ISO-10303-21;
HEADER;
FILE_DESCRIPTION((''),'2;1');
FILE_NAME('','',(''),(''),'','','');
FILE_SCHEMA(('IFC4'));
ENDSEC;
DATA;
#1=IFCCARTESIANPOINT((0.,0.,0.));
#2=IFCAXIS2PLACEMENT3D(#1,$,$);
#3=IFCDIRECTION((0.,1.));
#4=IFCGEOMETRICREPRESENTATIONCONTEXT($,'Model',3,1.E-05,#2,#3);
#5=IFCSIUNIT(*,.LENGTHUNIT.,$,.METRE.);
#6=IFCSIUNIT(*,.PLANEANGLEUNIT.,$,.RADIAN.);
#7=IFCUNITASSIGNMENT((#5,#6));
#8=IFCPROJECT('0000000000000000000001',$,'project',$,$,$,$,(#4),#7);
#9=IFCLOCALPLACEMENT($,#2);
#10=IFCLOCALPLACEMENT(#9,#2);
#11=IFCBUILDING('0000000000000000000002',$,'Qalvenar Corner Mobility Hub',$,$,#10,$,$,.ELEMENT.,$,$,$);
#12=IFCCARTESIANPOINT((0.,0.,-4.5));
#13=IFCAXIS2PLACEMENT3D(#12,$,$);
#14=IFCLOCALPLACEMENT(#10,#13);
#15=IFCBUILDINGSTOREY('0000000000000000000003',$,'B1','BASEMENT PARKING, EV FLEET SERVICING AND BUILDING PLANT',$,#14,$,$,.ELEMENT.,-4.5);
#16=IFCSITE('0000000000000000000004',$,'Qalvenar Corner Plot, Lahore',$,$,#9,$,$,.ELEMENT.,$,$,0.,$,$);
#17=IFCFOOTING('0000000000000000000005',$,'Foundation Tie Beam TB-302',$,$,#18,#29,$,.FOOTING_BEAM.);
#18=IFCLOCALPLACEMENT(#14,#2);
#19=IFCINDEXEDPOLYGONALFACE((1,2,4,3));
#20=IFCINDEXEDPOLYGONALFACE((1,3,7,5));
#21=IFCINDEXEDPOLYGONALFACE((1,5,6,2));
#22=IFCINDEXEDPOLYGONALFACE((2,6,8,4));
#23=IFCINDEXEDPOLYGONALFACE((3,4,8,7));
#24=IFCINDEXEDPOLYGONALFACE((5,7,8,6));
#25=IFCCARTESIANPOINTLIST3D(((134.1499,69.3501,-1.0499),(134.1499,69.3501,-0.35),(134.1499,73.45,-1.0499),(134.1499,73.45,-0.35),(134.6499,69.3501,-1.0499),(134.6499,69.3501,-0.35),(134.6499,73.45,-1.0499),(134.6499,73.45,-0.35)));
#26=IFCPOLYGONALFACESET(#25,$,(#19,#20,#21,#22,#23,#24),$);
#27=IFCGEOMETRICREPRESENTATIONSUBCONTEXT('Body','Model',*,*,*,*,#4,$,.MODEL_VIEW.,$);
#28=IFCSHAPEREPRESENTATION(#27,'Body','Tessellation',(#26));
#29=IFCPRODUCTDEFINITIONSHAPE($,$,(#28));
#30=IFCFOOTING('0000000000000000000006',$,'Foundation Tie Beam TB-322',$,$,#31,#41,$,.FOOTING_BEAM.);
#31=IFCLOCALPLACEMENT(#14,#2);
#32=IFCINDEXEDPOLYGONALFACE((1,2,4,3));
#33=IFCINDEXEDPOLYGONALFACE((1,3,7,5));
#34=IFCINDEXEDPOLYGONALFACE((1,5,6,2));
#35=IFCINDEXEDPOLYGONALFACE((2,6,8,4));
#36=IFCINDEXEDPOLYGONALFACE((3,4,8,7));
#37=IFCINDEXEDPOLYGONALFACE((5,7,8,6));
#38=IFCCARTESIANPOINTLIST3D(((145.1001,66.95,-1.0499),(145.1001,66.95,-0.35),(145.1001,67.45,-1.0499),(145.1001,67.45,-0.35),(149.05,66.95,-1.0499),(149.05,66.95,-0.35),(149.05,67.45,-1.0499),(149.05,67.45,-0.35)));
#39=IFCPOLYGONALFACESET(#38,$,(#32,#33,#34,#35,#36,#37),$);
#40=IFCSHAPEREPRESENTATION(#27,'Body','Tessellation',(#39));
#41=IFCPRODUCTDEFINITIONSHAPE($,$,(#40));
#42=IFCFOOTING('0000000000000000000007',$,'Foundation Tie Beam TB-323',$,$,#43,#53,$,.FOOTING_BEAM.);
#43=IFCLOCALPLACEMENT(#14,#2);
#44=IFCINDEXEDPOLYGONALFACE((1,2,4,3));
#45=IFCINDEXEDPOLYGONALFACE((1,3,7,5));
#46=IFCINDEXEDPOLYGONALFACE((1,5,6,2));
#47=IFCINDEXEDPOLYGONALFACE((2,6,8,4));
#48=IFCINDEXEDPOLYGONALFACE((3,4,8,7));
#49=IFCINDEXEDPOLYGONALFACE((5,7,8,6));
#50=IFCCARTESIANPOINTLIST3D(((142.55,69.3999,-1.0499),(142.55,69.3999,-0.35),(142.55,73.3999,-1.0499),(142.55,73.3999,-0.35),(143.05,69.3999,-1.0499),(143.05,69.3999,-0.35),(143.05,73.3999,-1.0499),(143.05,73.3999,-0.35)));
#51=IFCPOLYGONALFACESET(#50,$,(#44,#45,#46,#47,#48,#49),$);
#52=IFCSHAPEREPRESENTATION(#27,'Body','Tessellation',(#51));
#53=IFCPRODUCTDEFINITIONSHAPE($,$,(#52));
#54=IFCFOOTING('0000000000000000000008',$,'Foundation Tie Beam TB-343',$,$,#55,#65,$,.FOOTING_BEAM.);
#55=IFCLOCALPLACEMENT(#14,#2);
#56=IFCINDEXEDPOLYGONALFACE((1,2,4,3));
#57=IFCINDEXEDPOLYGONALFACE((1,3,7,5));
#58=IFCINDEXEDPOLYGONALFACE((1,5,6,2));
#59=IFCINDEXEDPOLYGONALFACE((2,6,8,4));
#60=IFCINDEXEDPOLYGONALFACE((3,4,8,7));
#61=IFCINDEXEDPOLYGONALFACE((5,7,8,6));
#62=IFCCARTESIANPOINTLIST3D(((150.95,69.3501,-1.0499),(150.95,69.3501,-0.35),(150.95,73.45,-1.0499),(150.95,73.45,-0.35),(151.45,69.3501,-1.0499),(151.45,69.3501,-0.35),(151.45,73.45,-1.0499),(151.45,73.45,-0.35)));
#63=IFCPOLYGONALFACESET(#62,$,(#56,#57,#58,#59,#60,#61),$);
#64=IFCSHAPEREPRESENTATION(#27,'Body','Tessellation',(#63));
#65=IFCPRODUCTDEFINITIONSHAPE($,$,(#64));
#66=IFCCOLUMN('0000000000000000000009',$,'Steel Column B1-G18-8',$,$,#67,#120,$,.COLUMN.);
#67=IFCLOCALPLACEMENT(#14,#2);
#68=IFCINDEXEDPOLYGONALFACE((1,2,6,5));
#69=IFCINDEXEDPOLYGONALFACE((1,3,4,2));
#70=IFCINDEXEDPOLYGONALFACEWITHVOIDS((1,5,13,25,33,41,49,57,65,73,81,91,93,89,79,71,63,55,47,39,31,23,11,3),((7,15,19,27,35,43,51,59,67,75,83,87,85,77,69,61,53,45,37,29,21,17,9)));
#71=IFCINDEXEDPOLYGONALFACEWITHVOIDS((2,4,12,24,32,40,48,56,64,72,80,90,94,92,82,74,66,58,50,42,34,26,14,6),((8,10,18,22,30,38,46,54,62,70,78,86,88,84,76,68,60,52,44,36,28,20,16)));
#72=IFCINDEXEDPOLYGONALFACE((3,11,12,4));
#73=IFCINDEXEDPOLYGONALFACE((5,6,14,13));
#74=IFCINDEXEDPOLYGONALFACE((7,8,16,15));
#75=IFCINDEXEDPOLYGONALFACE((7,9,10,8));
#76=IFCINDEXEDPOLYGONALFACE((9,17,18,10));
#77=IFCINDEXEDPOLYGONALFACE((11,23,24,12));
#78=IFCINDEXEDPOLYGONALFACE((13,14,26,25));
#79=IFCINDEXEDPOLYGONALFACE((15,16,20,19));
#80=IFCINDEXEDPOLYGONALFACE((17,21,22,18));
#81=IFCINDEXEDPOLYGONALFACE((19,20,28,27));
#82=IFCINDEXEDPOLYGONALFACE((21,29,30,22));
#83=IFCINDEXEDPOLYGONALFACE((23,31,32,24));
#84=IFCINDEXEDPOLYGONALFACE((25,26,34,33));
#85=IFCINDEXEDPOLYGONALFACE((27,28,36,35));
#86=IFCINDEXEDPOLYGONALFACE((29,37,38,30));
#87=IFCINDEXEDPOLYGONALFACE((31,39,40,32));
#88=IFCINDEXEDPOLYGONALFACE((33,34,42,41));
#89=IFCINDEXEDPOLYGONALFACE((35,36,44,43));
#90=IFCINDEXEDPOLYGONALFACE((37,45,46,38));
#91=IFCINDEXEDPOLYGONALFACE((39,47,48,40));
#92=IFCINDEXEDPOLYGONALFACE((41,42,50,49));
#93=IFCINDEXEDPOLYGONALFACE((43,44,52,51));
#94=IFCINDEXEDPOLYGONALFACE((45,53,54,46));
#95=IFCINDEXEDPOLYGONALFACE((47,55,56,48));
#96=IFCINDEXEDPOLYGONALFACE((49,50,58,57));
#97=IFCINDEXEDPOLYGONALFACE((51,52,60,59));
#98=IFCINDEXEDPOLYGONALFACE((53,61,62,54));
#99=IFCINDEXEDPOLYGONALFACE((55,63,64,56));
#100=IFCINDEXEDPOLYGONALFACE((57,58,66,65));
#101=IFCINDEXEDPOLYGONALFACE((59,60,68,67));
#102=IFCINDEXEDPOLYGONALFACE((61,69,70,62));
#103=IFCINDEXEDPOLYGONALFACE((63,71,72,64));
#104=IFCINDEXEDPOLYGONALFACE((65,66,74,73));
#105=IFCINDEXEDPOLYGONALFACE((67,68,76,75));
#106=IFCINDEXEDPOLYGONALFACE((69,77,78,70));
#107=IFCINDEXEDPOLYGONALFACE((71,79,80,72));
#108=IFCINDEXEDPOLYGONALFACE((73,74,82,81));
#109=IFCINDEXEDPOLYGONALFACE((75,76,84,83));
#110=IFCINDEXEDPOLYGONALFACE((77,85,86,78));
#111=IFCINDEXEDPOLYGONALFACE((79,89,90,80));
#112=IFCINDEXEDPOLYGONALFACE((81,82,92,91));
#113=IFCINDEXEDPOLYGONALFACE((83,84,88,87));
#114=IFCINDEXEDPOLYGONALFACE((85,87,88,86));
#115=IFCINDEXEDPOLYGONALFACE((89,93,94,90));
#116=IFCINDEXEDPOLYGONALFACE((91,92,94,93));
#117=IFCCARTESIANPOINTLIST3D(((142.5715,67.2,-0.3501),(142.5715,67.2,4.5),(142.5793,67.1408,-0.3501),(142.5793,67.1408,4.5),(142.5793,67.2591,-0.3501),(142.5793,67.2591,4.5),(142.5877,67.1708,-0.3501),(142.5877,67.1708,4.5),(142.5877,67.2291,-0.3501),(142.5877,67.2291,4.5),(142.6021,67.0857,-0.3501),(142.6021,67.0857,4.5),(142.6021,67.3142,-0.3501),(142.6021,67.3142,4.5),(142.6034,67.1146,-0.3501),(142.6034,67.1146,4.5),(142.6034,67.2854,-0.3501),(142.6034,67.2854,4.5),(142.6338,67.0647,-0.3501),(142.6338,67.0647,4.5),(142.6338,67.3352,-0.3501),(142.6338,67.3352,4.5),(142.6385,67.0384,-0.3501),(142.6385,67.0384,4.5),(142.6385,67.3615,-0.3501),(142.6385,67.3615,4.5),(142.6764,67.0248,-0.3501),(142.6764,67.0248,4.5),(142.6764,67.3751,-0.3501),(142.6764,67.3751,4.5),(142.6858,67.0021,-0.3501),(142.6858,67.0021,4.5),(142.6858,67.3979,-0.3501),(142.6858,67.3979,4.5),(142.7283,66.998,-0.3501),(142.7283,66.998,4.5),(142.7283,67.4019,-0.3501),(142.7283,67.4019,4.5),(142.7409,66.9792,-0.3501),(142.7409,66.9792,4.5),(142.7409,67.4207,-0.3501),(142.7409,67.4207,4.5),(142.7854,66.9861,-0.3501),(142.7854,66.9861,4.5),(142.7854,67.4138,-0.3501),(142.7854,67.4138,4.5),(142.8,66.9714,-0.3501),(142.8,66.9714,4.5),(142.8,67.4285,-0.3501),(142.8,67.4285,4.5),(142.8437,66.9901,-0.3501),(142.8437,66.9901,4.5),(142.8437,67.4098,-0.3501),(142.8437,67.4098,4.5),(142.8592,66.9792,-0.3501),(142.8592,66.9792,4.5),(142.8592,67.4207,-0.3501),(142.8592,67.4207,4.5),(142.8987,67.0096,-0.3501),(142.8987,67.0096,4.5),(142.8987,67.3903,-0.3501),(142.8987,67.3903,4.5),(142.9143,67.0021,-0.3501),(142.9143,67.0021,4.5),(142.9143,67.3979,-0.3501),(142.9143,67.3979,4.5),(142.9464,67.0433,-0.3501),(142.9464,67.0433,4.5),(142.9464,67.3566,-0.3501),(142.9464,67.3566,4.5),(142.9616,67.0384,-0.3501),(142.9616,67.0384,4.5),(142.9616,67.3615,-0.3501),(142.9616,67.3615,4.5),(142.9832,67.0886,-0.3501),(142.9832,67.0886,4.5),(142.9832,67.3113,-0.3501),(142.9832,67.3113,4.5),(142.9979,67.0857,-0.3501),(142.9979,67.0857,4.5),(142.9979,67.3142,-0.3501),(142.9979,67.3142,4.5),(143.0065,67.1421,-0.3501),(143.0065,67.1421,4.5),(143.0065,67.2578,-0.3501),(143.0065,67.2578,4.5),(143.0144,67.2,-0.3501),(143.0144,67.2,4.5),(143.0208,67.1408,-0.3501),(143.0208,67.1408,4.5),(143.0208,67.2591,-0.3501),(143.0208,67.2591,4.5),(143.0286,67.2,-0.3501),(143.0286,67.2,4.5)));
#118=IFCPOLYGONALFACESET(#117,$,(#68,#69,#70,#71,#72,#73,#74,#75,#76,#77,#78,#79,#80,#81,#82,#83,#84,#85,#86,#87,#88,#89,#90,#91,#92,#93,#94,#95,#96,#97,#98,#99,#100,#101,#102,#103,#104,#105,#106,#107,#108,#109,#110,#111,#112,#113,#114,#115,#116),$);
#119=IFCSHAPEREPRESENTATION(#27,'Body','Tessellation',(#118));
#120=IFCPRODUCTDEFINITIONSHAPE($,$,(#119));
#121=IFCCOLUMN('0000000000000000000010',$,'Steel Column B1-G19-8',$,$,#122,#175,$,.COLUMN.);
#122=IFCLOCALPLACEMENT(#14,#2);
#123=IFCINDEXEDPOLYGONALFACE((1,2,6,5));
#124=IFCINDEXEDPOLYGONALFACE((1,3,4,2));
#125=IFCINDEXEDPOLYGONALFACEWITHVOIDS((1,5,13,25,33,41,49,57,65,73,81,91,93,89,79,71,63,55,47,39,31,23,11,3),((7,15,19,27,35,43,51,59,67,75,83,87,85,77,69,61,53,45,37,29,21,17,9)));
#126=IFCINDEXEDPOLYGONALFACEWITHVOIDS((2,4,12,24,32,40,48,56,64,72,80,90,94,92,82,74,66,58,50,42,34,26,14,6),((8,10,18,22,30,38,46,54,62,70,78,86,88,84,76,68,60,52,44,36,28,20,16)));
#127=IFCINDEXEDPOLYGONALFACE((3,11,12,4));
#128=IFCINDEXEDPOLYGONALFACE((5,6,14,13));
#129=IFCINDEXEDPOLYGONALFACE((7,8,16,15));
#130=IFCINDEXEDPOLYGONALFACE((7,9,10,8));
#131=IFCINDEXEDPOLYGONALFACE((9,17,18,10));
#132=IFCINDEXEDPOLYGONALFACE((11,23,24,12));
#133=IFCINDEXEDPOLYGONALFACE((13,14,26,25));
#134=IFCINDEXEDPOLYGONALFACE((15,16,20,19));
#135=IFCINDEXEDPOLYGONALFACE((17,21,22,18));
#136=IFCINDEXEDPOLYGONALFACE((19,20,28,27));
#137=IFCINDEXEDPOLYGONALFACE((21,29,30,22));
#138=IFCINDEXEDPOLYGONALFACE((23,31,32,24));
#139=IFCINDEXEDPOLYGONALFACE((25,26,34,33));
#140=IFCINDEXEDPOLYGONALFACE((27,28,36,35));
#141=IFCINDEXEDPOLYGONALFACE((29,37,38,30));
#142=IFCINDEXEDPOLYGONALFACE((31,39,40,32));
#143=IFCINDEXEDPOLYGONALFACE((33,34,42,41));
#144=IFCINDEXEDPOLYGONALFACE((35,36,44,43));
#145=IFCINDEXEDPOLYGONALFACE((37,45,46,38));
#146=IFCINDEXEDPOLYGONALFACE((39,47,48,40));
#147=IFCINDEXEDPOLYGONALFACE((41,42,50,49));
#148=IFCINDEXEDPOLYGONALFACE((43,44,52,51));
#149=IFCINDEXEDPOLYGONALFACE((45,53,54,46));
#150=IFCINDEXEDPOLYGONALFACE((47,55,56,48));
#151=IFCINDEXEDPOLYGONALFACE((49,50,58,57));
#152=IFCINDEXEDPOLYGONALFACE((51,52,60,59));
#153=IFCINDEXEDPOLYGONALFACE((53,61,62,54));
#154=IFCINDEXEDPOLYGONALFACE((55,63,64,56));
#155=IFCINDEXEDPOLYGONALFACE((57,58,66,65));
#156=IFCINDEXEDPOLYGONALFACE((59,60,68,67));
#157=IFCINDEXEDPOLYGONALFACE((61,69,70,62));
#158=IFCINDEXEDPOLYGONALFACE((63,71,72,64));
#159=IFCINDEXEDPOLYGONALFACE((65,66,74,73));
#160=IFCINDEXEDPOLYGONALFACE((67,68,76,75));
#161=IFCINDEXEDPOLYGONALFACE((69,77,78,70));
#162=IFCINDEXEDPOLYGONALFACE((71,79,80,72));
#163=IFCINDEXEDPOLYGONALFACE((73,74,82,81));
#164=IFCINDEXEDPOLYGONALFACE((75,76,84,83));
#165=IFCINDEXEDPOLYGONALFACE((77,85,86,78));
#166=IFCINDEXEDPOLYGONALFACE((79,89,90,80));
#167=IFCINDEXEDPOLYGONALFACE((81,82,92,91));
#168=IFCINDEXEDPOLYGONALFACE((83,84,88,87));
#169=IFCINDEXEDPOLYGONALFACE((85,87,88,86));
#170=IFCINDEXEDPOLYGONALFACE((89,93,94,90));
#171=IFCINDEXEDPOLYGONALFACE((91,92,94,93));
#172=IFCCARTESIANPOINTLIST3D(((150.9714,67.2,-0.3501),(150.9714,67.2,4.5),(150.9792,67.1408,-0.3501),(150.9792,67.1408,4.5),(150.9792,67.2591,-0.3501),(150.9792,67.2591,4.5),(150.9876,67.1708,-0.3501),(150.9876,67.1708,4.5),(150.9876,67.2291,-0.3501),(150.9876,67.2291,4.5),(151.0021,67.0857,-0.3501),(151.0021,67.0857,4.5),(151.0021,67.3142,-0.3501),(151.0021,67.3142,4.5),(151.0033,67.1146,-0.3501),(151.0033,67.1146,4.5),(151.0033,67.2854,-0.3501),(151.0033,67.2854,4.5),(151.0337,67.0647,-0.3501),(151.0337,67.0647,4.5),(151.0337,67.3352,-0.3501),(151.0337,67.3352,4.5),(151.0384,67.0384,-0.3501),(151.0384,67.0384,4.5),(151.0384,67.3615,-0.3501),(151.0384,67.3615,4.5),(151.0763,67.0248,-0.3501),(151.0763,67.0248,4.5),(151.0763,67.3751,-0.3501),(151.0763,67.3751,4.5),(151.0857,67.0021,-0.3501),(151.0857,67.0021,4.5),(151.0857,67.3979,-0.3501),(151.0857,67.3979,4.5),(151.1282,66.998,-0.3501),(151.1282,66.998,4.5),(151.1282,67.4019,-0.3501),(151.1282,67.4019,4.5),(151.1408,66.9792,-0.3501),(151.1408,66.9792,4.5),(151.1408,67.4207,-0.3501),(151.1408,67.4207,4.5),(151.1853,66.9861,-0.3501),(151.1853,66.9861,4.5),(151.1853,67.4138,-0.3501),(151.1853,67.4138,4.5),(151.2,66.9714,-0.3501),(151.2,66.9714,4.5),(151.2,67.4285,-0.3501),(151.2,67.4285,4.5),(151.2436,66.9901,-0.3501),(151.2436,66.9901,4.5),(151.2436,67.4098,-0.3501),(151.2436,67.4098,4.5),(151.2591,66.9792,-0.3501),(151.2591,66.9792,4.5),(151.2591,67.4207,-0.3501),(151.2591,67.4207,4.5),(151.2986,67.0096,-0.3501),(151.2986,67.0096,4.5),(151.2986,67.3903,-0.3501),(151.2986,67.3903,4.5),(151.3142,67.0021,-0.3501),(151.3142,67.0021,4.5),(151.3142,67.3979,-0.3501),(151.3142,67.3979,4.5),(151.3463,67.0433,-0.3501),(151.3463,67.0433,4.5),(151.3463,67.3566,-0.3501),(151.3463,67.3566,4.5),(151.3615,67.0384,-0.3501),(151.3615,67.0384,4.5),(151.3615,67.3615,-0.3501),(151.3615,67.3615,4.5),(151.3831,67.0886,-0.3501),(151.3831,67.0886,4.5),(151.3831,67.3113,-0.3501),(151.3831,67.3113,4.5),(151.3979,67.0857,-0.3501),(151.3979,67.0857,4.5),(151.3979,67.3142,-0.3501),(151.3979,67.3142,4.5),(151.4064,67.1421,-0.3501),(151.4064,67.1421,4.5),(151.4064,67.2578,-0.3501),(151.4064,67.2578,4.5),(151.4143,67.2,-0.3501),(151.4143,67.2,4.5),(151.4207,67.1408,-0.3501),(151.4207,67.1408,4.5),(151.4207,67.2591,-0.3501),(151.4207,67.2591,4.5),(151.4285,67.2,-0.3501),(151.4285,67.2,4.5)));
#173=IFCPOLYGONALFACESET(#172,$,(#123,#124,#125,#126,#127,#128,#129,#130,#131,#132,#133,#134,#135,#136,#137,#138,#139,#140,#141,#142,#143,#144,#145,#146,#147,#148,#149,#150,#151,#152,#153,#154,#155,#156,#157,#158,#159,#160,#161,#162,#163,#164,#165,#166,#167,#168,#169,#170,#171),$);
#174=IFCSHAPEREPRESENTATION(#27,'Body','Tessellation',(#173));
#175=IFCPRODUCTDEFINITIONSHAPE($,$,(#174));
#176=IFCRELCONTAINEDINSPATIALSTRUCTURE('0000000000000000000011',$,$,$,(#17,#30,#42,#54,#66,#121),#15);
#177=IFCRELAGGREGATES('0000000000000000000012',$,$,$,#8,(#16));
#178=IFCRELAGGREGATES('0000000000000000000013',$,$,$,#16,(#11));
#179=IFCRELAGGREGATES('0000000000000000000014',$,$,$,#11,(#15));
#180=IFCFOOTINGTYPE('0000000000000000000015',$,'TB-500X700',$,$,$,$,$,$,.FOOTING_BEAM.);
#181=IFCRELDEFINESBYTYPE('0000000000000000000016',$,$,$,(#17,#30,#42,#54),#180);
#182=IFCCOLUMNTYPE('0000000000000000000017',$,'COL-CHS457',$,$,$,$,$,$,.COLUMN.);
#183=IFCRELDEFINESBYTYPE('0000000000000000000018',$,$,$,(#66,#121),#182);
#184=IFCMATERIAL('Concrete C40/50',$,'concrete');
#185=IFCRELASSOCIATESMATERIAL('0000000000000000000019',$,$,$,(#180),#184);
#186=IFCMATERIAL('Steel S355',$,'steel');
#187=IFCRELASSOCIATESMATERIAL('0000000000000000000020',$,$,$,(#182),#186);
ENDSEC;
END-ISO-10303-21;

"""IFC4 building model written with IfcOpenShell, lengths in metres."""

from ifc_helpers import new_model, si_unit, direction, frame, origin, origin_2d, place, context, subcontext, project, spatial, rectangle, hollow_circle, extrude, material, material_profile, profile_set, type_object, element, save


model = new_model("IFC4")

# Units and contexts
model_context = context("Model", 3, precision=1e-05, world=origin(), true_north=direction((0.0, 1.0)))
body_context = subcontext(model_context, "Body", "Model", "MODEL_VIEW")
ifc_project = project(units=[si_unit("LENGTHUNIT", "METRE"), si_unit("PLANEANGLEUNIT", "RADIAN")], contexts=[model_context])

# Site, building, storey
site_placement = place(None, origin())
site = spatial("IfcSite", under=ifc_project, at=site_placement, Name="Qalvenar Corner Plot, Lahore", CompositionType="ELEMENT", RefElevation=0.0)
building_placement = place(site_placement, origin())
building = spatial("IfcBuilding", under=site, at=building_placement, Name="Qalvenar Corner Mobility Hub", CompositionType="ELEMENT")
storey_placement = place(building_placement, frame((0.0, 0.0, -4.5)))
storey = spatial("IfcBuildingStorey", under=building, at=storey_placement, Name="B1", Description="BASEMENT PARKING, EV FLEET SERVICING AND BUILDING PLANT", CompositionType="ELEMENT", Elevation=-4.5)

# Shared definitions
ifc_material_1 = material(Name="Concrete C40/50", Category="concrete")

# Footings
ifc_material_profile_1 = material_profile(ifc_material_1, rectangle(XDim=0.5, YDim=0.7, at=origin_2d()), Name="RC500x700")
ifc_profile_set_1 = profile_set([ifc_material_profile_1], Name="Concrete C40/50")
footing_type_1 = type_object("IfcFootingType", Name="TB-500X700", PredefinedType="FOOTING_BEAM", material=ifc_profile_set_1)
footing_1_placement = place(storey_placement, frame((134.3999, 69.3501, -0.7), z_axis=(0.0, 1.0, 0.0), x_axis=(-1.0, 0.0, 0.0)))
element("IfcFooting", 1, at=footing_1_placement, inside=storey, type_object=footing_type_1, Name="Foundation Tie Beam TB-302", PredefinedType="FOOTING_BEAM", context=body_context, shape_type="SweptSolid", body=[
    extrude(rectangle(XDim=0.5, YDim=0.7, at=origin_2d()), origin(), (0.0, 0.0, 1.0), 4.0999),
])
footing_2_placement = place(storey_placement, frame((145.1001, 67.2, -0.7), z_axis=(1.0, 0.0, 0.0), x_axis=(0.0, 1.0, 0.0)))
element("IfcFooting", 2, at=footing_2_placement, inside=storey, type_object=footing_type_1, Name="Foundation Tie Beam TB-322", PredefinedType="FOOTING_BEAM", context=body_context, shape_type="SweptSolid", body=[
    extrude(rectangle(XDim=0.5, YDim=0.7, at=origin_2d()), origin(), (0.0, 0.0, 1.0), 3.95),
])
footing_3_placement = place(storey_placement, frame((142.8, 69.3999, -0.7), z_axis=(0.0, 1.0, 0.0), x_axis=(-1.0, 0.0, 0.0)))
element("IfcFooting", 3, at=footing_3_placement, inside=storey, type_object=footing_type_1, Name="Foundation Tie Beam TB-323", PredefinedType="FOOTING_BEAM", context=body_context, shape_type="SweptSolid", body=[
    extrude(rectangle(XDim=0.5, YDim=0.7, at=origin_2d()), origin(), (0.0, 0.0, 1.0), 4.0),
])
footing_4_placement = place(storey_placement, frame((151.2, 69.3501, -0.7), z_axis=(0.0, 1.0, 0.0), x_axis=(-1.0, 0.0, 0.0)))
element("IfcFooting", 4, at=footing_4_placement, inside=storey, type_object=footing_type_1, Name="Foundation Tie Beam TB-343", PredefinedType="FOOTING_BEAM", context=body_context, shape_type="SweptSolid", body=[
    extrude(rectangle(XDim=0.5, YDim=0.7, at=origin_2d()), origin(), (0.0, 0.0, 1.0), 4.0999),
])

# Columns
ifc_material_2 = material(Name="Steel S355", Category="steel")
ifc_material_profile_2 = material_profile(ifc_material_2, hollow_circle(Radius=0.2285, WallThickness=0.0142, at=origin_2d()), Name="CHS457x14.2")
ifc_profile_set_2 = profile_set([ifc_material_profile_2], Name="Steel S355")
column_type_1 = type_object("IfcColumnType", Name="COL-CHS457", PredefinedType="COLUMN", material=ifc_profile_set_2)
for number, where, z_axis, x_axis, name in (
    (5, (142.8, 67.2, -0.3501), (0.0, 0.0, 1.0), (1.0, 0.0, 0.0), "Steel Column B1-G18-8"),
    (6, (151.2, 67.2, -0.3501), (0.0, 0.0, 1.0), (1.0, 0.0, 0.0), "Steel Column B1-G19-8"),
):
    element("IfcColumn", number, at=place(storey_placement, frame(where, z_axis=z_axis, x_axis=x_axis)), inside=storey, type_object=column_type_1, Name=name, PredefinedType="COLUMN", context=body_context, shape_type="SweptSolid", body=[
        extrude(hollow_circle(Radius=0.2285, WallThickness=0.0142, at=origin_2d()), origin(), (0.0, 0.0, 1.0), 4.8501),
    ])

save(model, "model.ifc")
